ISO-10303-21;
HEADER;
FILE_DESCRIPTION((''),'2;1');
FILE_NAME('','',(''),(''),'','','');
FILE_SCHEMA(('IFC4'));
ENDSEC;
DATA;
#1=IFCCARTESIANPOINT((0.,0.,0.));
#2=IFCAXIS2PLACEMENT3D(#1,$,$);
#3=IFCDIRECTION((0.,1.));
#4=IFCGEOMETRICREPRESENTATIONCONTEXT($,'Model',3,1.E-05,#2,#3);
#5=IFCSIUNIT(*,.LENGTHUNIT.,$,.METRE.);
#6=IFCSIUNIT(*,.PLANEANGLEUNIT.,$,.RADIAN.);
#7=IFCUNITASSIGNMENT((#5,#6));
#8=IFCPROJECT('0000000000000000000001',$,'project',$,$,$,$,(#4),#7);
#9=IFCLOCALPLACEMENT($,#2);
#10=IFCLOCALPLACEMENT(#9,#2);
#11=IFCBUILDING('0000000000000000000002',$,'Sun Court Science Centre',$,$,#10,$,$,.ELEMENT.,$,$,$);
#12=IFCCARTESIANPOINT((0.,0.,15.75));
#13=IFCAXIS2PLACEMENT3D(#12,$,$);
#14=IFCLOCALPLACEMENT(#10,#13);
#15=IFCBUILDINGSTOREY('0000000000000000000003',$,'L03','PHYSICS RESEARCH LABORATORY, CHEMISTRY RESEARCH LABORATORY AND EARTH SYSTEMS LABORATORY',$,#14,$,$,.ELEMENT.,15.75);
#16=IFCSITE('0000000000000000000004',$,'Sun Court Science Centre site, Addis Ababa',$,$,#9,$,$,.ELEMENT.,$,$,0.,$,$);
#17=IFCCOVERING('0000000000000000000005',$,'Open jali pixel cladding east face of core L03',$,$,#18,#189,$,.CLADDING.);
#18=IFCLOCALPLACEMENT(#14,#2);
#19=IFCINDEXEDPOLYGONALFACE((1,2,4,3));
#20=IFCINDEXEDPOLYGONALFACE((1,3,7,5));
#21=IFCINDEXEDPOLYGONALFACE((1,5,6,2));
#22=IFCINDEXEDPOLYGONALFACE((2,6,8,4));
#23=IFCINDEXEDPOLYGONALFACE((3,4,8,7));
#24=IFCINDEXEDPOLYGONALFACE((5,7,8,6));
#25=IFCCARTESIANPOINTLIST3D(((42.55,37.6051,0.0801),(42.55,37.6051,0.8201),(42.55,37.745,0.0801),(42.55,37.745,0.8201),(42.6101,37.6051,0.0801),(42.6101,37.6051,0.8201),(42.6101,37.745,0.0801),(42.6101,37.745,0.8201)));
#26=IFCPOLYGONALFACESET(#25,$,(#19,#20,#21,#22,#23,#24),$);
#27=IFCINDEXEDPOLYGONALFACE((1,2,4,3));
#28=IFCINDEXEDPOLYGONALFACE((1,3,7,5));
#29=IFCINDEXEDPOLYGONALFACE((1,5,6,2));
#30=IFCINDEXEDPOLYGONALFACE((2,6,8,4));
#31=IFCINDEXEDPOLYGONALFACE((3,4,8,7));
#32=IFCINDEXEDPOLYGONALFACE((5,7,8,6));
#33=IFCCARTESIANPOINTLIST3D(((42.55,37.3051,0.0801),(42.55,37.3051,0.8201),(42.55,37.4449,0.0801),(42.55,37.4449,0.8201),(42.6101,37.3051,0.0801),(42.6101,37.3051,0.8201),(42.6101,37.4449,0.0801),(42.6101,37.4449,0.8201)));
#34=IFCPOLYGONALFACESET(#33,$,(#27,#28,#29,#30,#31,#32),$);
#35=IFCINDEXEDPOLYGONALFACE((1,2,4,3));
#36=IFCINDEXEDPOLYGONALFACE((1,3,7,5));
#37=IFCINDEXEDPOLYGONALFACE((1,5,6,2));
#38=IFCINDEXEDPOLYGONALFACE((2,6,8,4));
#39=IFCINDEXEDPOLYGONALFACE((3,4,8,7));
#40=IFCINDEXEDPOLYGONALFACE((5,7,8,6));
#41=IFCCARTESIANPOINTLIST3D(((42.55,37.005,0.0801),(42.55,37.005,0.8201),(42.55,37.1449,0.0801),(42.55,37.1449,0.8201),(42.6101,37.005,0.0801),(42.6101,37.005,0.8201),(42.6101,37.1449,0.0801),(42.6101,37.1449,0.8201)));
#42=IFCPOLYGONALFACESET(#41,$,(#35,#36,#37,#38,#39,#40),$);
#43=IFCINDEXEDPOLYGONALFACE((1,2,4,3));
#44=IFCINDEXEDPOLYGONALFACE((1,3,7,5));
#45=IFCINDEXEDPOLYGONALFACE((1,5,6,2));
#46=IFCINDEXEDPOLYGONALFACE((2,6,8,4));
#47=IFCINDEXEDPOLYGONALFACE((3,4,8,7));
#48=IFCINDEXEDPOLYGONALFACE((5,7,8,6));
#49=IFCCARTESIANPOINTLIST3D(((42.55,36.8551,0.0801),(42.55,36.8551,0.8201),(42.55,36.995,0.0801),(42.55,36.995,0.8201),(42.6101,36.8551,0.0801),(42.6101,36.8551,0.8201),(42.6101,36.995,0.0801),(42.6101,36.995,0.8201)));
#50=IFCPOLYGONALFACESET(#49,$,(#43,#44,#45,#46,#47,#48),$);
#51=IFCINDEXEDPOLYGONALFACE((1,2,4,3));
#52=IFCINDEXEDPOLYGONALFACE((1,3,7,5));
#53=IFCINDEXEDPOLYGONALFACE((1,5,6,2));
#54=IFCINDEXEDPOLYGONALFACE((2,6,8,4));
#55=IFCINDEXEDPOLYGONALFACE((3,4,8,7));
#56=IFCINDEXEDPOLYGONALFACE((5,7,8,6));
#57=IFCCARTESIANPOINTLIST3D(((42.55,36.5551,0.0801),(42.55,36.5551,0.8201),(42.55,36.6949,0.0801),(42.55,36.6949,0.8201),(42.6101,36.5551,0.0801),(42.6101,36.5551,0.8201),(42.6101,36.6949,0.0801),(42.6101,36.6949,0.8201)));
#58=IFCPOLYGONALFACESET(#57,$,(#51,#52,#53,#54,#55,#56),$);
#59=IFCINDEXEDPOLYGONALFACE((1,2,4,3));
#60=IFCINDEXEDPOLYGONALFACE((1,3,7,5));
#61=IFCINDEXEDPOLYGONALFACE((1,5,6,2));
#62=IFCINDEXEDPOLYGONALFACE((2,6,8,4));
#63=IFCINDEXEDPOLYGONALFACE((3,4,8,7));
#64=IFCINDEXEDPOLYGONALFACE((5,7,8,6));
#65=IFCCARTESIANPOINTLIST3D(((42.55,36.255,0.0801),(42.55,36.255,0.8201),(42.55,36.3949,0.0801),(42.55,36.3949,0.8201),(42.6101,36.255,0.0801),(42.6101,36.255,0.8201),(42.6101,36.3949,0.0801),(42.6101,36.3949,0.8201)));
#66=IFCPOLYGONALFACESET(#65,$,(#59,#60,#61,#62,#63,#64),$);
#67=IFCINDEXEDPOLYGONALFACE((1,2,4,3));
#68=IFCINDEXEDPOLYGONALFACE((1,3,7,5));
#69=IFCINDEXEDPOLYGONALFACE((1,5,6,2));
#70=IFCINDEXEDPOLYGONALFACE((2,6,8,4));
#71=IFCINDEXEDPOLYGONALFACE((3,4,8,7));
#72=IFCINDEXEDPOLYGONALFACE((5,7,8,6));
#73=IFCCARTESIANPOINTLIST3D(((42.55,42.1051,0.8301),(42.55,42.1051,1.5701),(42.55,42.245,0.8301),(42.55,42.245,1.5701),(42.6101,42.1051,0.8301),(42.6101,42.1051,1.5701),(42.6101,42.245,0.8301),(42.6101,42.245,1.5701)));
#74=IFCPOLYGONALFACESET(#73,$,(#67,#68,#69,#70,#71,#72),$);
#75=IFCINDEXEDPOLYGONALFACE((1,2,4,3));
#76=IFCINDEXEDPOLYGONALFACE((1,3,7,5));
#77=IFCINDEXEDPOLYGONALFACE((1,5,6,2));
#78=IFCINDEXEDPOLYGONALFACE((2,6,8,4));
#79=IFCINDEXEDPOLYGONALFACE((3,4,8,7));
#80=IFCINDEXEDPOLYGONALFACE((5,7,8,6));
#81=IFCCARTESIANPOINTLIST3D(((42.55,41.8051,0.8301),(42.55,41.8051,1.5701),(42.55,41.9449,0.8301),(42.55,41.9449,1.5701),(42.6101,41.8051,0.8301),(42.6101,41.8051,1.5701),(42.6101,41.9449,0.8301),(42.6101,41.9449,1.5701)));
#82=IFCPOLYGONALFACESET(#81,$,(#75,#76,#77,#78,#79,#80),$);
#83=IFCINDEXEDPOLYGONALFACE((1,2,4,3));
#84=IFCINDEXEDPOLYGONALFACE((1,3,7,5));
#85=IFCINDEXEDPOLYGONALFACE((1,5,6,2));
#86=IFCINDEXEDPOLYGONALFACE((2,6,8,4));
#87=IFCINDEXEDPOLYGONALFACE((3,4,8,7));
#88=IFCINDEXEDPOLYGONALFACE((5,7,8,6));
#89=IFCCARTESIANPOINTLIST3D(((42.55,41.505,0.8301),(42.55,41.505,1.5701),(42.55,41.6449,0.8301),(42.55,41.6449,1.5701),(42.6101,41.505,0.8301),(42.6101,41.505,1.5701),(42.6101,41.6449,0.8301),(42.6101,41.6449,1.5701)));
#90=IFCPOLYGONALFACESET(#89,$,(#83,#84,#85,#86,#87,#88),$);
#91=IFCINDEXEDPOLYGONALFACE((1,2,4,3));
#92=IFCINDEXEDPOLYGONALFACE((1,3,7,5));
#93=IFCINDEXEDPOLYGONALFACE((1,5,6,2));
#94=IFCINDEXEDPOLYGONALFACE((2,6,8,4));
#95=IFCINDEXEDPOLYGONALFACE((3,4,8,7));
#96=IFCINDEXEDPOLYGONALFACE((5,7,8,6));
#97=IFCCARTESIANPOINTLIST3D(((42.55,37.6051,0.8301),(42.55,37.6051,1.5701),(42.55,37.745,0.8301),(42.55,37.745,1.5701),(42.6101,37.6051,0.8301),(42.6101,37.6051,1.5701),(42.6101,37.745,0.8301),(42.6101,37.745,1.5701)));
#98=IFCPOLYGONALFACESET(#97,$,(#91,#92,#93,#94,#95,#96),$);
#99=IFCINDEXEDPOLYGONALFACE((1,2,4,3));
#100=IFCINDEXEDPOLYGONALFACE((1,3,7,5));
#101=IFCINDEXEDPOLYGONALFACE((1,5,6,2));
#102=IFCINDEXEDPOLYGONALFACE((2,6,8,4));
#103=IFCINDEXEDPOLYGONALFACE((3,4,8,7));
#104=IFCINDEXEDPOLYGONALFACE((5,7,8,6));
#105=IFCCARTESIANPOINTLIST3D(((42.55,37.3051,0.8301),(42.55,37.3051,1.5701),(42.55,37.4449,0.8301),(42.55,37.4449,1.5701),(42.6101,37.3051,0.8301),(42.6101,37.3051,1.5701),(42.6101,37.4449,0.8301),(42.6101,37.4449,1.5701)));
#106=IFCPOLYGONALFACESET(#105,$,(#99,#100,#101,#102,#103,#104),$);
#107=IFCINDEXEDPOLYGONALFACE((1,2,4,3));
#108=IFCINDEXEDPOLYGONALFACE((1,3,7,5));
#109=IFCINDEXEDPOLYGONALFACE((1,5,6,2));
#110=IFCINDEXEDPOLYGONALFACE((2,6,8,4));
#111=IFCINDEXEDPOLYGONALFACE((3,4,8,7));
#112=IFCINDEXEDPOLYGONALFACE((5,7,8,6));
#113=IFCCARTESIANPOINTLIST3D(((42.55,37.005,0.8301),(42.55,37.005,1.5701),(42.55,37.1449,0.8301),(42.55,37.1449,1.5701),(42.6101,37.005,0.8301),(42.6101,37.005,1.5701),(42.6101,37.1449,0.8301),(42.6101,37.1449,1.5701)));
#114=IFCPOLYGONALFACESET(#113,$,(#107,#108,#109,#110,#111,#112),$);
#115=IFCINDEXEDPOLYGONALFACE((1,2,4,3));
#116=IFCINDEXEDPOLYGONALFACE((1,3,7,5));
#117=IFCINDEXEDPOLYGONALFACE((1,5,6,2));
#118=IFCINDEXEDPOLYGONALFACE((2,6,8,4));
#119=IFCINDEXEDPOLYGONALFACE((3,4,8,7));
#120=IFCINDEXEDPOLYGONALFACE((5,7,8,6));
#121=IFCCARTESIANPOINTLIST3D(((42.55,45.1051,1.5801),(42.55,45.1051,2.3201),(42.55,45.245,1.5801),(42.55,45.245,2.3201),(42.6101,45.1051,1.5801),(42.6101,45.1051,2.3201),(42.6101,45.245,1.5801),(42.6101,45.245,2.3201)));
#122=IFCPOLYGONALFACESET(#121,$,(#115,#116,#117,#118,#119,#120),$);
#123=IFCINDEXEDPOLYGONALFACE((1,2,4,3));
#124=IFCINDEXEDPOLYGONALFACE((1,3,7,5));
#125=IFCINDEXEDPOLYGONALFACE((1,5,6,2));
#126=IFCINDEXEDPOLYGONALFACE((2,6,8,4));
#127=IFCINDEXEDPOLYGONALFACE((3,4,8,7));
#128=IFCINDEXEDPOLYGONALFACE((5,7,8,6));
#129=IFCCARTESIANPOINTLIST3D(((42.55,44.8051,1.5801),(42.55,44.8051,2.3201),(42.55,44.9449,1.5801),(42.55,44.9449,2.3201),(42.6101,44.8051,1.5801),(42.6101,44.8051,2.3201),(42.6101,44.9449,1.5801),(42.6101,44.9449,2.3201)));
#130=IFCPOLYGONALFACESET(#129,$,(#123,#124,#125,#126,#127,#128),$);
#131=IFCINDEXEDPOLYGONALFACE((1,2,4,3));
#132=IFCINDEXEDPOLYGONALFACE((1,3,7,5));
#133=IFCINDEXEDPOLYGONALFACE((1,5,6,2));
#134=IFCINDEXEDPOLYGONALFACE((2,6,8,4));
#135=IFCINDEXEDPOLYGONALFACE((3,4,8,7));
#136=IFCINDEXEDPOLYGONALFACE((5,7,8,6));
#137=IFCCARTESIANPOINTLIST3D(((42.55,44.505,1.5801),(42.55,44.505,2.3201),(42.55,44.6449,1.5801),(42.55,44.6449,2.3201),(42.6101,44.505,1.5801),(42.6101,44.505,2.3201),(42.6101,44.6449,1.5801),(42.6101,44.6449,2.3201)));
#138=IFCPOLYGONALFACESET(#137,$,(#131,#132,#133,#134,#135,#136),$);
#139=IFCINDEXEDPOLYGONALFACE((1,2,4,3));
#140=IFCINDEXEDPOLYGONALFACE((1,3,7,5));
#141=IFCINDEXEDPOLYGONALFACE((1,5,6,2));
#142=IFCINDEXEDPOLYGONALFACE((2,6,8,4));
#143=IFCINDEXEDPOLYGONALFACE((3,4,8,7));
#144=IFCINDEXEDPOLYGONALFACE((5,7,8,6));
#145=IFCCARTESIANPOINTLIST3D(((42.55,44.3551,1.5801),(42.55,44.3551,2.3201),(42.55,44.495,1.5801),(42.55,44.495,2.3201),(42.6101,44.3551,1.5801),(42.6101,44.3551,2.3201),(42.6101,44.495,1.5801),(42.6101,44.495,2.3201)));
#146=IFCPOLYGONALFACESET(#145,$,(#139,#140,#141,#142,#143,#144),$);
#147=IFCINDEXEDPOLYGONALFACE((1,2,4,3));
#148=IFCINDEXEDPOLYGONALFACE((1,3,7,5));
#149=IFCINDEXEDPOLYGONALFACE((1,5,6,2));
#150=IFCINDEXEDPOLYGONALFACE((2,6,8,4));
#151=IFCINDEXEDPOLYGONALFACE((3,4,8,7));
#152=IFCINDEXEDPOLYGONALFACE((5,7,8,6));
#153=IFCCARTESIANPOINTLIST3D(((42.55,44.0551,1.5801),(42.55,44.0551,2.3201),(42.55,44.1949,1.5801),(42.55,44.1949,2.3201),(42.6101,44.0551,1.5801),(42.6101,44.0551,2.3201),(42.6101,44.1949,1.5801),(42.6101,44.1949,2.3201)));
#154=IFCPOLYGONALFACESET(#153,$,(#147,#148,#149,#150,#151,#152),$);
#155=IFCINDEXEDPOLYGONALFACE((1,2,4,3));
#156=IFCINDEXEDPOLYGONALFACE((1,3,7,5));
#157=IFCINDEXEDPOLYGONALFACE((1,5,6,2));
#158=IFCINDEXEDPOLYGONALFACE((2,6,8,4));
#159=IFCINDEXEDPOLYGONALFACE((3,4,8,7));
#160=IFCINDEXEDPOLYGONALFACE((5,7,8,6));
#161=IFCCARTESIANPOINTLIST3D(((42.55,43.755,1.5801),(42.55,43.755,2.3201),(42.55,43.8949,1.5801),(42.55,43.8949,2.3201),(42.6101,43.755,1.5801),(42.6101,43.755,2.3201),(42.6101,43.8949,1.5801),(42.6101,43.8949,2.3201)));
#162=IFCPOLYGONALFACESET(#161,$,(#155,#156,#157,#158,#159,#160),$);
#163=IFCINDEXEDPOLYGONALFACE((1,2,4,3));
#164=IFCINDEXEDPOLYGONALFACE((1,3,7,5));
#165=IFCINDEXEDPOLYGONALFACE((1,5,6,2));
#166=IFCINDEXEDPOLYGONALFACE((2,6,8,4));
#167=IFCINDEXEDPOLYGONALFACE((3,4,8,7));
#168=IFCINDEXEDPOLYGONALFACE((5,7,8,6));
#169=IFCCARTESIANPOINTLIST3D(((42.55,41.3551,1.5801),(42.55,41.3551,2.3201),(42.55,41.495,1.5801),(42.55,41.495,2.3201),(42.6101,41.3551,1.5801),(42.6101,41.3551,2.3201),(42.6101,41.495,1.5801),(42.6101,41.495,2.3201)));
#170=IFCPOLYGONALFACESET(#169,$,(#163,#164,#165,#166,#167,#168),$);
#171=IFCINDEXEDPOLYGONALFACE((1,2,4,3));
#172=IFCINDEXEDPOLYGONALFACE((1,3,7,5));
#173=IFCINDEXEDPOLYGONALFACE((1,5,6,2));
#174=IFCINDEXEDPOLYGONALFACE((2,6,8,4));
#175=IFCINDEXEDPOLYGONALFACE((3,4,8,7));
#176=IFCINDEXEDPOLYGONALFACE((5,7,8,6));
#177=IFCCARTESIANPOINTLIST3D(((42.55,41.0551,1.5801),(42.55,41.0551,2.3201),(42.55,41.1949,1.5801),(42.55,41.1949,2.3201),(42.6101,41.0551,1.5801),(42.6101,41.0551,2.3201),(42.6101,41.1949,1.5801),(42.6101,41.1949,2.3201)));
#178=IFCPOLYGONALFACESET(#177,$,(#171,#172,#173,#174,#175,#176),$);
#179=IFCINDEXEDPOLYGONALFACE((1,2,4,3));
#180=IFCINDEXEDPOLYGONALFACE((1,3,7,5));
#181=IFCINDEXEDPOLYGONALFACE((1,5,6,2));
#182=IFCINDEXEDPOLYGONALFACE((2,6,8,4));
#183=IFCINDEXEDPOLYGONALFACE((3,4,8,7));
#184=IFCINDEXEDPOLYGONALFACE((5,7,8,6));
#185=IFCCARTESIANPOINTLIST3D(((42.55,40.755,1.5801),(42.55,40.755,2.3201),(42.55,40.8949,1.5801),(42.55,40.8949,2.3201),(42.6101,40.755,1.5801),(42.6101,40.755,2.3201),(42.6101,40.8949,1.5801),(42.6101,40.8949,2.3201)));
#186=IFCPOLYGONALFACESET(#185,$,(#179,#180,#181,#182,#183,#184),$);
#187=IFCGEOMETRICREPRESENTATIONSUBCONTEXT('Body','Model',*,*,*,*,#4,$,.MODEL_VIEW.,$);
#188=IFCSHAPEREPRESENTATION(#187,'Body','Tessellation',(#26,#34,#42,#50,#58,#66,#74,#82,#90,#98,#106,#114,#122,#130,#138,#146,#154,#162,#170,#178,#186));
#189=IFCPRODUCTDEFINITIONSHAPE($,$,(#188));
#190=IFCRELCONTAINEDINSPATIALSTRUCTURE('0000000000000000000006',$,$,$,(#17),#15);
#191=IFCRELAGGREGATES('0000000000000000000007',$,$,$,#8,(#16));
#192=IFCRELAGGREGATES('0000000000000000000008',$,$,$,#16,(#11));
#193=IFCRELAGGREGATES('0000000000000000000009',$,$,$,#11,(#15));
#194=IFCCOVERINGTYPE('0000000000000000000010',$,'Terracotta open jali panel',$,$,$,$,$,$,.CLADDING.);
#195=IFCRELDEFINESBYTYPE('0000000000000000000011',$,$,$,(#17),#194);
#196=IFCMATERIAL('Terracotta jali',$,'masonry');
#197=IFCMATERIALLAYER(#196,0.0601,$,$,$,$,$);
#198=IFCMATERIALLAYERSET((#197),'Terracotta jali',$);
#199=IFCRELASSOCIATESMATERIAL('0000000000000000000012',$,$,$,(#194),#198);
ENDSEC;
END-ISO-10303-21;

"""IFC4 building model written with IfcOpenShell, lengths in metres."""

from ifc_helpers import new_model, si_unit, direction, frame, origin, origin_2d, place, context, subcontext, project, spatial, rectangle, extrude, material, layer, layer_set, type_object, element, save


model = new_model("IFC4")

# Units and contexts
model_context = context("Model", 3, precision=1e-05, world=origin(), true_north=direction((0.0, 1.0)))
body_context = subcontext(model_context, "Body", "Model", "MODEL_VIEW")
ifc_project = project(units=[si_unit("LENGTHUNIT", "METRE"), si_unit("PLANEANGLEUNIT", "RADIAN")], contexts=[model_context])

# Site, building, storey
site_placement = place(None, origin())
site = spatial("IfcSite", under=ifc_project, at=site_placement, Name="Sun Court Science Centre site, Addis Ababa", CompositionType="ELEMENT", RefElevation=0.0)
building_placement = place(site_placement, origin())
building = spatial("IfcBuilding", under=site, at=building_placement, Name="Sun Court Science Centre", CompositionType="ELEMENT")
storey_placement = place(building_placement, frame((0.0, 0.0, 15.75)))
storey = spatial("IfcBuildingStorey", under=building, at=storey_placement, Name="L03", Description="PHYSICS RESEARCH LABORATORY, CHEMISTRY RESEARCH LABORATORY AND EARTH SYSTEMS LABORATORY", CompositionType="ELEMENT", Elevation=15.75)

# Covering
ifc_material_1 = material(Name="Terracotta jali", Category="masonry")
ifc_layer_1 = layer(ifc_material_1, 0.0601)
ifc_layer_set_1 = layer_set([ifc_layer_1], Name="Terracotta jali")
covering_type_1 = type_object("IfcCoveringType", Name="Terracotta open jali panel", PredefinedType="CLADDING", material=ifc_layer_set_1)
covering_1_placement = place(storey_placement, frame((0.0, 0.0, -15.75)))
element("IfcCovering", 1, at=covering_1_placement, inside=storey, type_object=covering_type_1, Name="Open jali pixel cladding east face of core L03", PredefinedType="CLADDING", context=body_context, shape_type="SweptSolid", body=[
    extrude(rectangle(XDim=0.1399, YDim=0.0601, at=origin_2d()), frame((42.5801, 37.675, 15.8301), z_axis=(0.0, 0.0, 1.0), x_axis=(0.0, -1.0, 0.0)), (0.0, 0.0, 1.0), 0.74),
    extrude(rectangle(XDim=0.1399, YDim=0.0601, at=origin_2d()), frame((42.5801, 37.375, 15.8301), z_axis=(0.0, 0.0, 1.0), x_axis=(0.0, -1.0, 0.0)), (0.0, 0.0, 1.0), 0.74),
    extrude(rectangle(XDim=0.1399, YDim=0.0601, at=origin_2d()), frame((42.5801, 37.075, 15.8301), z_axis=(0.0, 0.0, 1.0), x_axis=(0.0, -1.0, 0.0)), (0.0, 0.0, 1.0), 0.74),
    extrude(rectangle(XDim=0.1399, YDim=0.0601, at=origin_2d()), frame((42.5801, 36.925, 15.8301), z_axis=(0.0, 0.0, 1.0), x_axis=(0.0, -1.0, 0.0)), (0.0, 0.0, 1.0), 0.74),
    extrude(rectangle(XDim=0.1399, YDim=0.0601, at=origin_2d()), frame((42.5801, 36.625, 15.8301), z_axis=(0.0, 0.0, 1.0), x_axis=(0.0, -1.0, 0.0)), (0.0, 0.0, 1.0), 0.74),
    extrude(rectangle(XDim=0.1399, YDim=0.0601, at=origin_2d()), frame((42.5801, 36.325, 15.8301), z_axis=(0.0, 0.0, 1.0), x_axis=(0.0, -1.0, 0.0)), (0.0, 0.0, 1.0), 0.74),
    extrude(rectangle(XDim=0.1399, YDim=0.0601, at=origin_2d()), frame((42.5801, 42.175, 16.5801), z_axis=(0.0, 0.0, 1.0), x_axis=(0.0, -1.0, 0.0)), (0.0, 0.0, 1.0), 0.74),
    extrude(rectangle(XDim=0.1399, YDim=0.0601, at=origin_2d()), frame((42.5801, 41.875, 16.5801), z_axis=(0.0, 0.0, 1.0), x_axis=(0.0, -1.0, 0.0)), (0.0, 0.0, 1.0), 0.74),
    extrude(rectangle(XDim=0.1399, YDim=0.0601, at=origin_2d()), frame((42.5801, 41.575, 16.5801), z_axis=(0.0, 0.0, 1.0), x_axis=(0.0, -1.0, 0.0)), (0.0, 0.0, 1.0), 0.74),
    extrude(rectangle(XDim=0.1399, YDim=0.0601, at=origin_2d()), frame((42.5801, 37.675, 16.5801), z_axis=(0.0, 0.0, 1.0), x_axis=(0.0, -1.0, 0.0)), (0.0, 0.0, 1.0), 0.74),
    extrude(rectangle(XDim=0.1399, YDim=0.0601, at=origin_2d()), frame((42.5801, 37.375, 16.5801), z_axis=(0.0, 0.0, 1.0), x_axis=(0.0, -1.0, 0.0)), (0.0, 0.0, 1.0), 0.74),
    extrude(rectangle(XDim=0.1399, YDim=0.0601, at=origin_2d()), frame((42.5801, 37.075, 16.5801), z_axis=(0.0, 0.0, 1.0), x_axis=(0.0, -1.0, 0.0)), (0.0, 0.0, 1.0), 0.74),
    extrude(rectangle(XDim=0.1399, YDim=0.0601, at=origin_2d()), frame((42.5801, 45.175, 17.3301), z_axis=(0.0, 0.0, 1.0), x_axis=(0.0, -1.0, 0.0)), (0.0, 0.0, 1.0), 0.74),
    extrude(rectangle(XDim=0.1399, YDim=0.0601, at=origin_2d()), frame((42.5801, 44.875, 17.3301), z_axis=(0.0, 0.0, 1.0), x_axis=(0.0, -1.0, 0.0)), (0.0, 0.0, 1.0), 0.74),
    extrude(rectangle(XDim=0.1399, YDim=0.0601, at=origin_2d()), frame((42.5801, 44.575, 17.3301), z_axis=(0.0, 0.0, 1.0), x_axis=(0.0, -1.0, 0.0)), (0.0, 0.0, 1.0), 0.74),
    extrude(rectangle(XDim=0.1399, YDim=0.0601, at=origin_2d()), frame((42.5801, 44.425, 17.3301), z_axis=(0.0, 0.0, 1.0), x_axis=(0.0, -1.0, 0.0)), (0.0, 0.0, 1.0), 0.74),
    extrude(rectangle(XDim=0.1399, YDim=0.0601, at=origin_2d()), frame((42.5801, 44.125, 17.3301), z_axis=(0.0, 0.0, 1.0), x_axis=(0.0, -1.0, 0.0)), (0.0, 0.0, 1.0), 0.74),
    extrude(rectangle(XDim=0.1399, YDim=0.0601, at=origin_2d()), frame((42.5801, 43.825, 17.3301), z_axis=(0.0, 0.0, 1.0), x_axis=(0.0, -1.0, 0.0)), (0.0, 0.0, 1.0), 0.74),
    extrude(rectangle(XDim=0.1399, YDim=0.0601, at=origin_2d()), frame((42.5801, 41.425, 17.3301), z_axis=(0.0, 0.0, 1.0), x_axis=(0.0, -1.0, 0.0)), (0.0, 0.0, 1.0), 0.74),
    extrude(rectangle(XDim=0.1399, YDim=0.0601, at=origin_2d()), frame((42.5801, 41.125, 17.3301), z_axis=(0.0, 0.0, 1.0), x_axis=(0.0, -1.0, 0.0)), (0.0, 0.0, 1.0), 0.74),
    extrude(rectangle(XDim=0.1399, YDim=0.0601, at=origin_2d()), frame((42.5801, 40.825, 17.3301), z_axis=(0.0, 0.0, 1.0), x_axis=(0.0, -1.0, 0.0)), (0.0, 0.0, 1.0), 0.74),
])

save(model, "model.ifc")
